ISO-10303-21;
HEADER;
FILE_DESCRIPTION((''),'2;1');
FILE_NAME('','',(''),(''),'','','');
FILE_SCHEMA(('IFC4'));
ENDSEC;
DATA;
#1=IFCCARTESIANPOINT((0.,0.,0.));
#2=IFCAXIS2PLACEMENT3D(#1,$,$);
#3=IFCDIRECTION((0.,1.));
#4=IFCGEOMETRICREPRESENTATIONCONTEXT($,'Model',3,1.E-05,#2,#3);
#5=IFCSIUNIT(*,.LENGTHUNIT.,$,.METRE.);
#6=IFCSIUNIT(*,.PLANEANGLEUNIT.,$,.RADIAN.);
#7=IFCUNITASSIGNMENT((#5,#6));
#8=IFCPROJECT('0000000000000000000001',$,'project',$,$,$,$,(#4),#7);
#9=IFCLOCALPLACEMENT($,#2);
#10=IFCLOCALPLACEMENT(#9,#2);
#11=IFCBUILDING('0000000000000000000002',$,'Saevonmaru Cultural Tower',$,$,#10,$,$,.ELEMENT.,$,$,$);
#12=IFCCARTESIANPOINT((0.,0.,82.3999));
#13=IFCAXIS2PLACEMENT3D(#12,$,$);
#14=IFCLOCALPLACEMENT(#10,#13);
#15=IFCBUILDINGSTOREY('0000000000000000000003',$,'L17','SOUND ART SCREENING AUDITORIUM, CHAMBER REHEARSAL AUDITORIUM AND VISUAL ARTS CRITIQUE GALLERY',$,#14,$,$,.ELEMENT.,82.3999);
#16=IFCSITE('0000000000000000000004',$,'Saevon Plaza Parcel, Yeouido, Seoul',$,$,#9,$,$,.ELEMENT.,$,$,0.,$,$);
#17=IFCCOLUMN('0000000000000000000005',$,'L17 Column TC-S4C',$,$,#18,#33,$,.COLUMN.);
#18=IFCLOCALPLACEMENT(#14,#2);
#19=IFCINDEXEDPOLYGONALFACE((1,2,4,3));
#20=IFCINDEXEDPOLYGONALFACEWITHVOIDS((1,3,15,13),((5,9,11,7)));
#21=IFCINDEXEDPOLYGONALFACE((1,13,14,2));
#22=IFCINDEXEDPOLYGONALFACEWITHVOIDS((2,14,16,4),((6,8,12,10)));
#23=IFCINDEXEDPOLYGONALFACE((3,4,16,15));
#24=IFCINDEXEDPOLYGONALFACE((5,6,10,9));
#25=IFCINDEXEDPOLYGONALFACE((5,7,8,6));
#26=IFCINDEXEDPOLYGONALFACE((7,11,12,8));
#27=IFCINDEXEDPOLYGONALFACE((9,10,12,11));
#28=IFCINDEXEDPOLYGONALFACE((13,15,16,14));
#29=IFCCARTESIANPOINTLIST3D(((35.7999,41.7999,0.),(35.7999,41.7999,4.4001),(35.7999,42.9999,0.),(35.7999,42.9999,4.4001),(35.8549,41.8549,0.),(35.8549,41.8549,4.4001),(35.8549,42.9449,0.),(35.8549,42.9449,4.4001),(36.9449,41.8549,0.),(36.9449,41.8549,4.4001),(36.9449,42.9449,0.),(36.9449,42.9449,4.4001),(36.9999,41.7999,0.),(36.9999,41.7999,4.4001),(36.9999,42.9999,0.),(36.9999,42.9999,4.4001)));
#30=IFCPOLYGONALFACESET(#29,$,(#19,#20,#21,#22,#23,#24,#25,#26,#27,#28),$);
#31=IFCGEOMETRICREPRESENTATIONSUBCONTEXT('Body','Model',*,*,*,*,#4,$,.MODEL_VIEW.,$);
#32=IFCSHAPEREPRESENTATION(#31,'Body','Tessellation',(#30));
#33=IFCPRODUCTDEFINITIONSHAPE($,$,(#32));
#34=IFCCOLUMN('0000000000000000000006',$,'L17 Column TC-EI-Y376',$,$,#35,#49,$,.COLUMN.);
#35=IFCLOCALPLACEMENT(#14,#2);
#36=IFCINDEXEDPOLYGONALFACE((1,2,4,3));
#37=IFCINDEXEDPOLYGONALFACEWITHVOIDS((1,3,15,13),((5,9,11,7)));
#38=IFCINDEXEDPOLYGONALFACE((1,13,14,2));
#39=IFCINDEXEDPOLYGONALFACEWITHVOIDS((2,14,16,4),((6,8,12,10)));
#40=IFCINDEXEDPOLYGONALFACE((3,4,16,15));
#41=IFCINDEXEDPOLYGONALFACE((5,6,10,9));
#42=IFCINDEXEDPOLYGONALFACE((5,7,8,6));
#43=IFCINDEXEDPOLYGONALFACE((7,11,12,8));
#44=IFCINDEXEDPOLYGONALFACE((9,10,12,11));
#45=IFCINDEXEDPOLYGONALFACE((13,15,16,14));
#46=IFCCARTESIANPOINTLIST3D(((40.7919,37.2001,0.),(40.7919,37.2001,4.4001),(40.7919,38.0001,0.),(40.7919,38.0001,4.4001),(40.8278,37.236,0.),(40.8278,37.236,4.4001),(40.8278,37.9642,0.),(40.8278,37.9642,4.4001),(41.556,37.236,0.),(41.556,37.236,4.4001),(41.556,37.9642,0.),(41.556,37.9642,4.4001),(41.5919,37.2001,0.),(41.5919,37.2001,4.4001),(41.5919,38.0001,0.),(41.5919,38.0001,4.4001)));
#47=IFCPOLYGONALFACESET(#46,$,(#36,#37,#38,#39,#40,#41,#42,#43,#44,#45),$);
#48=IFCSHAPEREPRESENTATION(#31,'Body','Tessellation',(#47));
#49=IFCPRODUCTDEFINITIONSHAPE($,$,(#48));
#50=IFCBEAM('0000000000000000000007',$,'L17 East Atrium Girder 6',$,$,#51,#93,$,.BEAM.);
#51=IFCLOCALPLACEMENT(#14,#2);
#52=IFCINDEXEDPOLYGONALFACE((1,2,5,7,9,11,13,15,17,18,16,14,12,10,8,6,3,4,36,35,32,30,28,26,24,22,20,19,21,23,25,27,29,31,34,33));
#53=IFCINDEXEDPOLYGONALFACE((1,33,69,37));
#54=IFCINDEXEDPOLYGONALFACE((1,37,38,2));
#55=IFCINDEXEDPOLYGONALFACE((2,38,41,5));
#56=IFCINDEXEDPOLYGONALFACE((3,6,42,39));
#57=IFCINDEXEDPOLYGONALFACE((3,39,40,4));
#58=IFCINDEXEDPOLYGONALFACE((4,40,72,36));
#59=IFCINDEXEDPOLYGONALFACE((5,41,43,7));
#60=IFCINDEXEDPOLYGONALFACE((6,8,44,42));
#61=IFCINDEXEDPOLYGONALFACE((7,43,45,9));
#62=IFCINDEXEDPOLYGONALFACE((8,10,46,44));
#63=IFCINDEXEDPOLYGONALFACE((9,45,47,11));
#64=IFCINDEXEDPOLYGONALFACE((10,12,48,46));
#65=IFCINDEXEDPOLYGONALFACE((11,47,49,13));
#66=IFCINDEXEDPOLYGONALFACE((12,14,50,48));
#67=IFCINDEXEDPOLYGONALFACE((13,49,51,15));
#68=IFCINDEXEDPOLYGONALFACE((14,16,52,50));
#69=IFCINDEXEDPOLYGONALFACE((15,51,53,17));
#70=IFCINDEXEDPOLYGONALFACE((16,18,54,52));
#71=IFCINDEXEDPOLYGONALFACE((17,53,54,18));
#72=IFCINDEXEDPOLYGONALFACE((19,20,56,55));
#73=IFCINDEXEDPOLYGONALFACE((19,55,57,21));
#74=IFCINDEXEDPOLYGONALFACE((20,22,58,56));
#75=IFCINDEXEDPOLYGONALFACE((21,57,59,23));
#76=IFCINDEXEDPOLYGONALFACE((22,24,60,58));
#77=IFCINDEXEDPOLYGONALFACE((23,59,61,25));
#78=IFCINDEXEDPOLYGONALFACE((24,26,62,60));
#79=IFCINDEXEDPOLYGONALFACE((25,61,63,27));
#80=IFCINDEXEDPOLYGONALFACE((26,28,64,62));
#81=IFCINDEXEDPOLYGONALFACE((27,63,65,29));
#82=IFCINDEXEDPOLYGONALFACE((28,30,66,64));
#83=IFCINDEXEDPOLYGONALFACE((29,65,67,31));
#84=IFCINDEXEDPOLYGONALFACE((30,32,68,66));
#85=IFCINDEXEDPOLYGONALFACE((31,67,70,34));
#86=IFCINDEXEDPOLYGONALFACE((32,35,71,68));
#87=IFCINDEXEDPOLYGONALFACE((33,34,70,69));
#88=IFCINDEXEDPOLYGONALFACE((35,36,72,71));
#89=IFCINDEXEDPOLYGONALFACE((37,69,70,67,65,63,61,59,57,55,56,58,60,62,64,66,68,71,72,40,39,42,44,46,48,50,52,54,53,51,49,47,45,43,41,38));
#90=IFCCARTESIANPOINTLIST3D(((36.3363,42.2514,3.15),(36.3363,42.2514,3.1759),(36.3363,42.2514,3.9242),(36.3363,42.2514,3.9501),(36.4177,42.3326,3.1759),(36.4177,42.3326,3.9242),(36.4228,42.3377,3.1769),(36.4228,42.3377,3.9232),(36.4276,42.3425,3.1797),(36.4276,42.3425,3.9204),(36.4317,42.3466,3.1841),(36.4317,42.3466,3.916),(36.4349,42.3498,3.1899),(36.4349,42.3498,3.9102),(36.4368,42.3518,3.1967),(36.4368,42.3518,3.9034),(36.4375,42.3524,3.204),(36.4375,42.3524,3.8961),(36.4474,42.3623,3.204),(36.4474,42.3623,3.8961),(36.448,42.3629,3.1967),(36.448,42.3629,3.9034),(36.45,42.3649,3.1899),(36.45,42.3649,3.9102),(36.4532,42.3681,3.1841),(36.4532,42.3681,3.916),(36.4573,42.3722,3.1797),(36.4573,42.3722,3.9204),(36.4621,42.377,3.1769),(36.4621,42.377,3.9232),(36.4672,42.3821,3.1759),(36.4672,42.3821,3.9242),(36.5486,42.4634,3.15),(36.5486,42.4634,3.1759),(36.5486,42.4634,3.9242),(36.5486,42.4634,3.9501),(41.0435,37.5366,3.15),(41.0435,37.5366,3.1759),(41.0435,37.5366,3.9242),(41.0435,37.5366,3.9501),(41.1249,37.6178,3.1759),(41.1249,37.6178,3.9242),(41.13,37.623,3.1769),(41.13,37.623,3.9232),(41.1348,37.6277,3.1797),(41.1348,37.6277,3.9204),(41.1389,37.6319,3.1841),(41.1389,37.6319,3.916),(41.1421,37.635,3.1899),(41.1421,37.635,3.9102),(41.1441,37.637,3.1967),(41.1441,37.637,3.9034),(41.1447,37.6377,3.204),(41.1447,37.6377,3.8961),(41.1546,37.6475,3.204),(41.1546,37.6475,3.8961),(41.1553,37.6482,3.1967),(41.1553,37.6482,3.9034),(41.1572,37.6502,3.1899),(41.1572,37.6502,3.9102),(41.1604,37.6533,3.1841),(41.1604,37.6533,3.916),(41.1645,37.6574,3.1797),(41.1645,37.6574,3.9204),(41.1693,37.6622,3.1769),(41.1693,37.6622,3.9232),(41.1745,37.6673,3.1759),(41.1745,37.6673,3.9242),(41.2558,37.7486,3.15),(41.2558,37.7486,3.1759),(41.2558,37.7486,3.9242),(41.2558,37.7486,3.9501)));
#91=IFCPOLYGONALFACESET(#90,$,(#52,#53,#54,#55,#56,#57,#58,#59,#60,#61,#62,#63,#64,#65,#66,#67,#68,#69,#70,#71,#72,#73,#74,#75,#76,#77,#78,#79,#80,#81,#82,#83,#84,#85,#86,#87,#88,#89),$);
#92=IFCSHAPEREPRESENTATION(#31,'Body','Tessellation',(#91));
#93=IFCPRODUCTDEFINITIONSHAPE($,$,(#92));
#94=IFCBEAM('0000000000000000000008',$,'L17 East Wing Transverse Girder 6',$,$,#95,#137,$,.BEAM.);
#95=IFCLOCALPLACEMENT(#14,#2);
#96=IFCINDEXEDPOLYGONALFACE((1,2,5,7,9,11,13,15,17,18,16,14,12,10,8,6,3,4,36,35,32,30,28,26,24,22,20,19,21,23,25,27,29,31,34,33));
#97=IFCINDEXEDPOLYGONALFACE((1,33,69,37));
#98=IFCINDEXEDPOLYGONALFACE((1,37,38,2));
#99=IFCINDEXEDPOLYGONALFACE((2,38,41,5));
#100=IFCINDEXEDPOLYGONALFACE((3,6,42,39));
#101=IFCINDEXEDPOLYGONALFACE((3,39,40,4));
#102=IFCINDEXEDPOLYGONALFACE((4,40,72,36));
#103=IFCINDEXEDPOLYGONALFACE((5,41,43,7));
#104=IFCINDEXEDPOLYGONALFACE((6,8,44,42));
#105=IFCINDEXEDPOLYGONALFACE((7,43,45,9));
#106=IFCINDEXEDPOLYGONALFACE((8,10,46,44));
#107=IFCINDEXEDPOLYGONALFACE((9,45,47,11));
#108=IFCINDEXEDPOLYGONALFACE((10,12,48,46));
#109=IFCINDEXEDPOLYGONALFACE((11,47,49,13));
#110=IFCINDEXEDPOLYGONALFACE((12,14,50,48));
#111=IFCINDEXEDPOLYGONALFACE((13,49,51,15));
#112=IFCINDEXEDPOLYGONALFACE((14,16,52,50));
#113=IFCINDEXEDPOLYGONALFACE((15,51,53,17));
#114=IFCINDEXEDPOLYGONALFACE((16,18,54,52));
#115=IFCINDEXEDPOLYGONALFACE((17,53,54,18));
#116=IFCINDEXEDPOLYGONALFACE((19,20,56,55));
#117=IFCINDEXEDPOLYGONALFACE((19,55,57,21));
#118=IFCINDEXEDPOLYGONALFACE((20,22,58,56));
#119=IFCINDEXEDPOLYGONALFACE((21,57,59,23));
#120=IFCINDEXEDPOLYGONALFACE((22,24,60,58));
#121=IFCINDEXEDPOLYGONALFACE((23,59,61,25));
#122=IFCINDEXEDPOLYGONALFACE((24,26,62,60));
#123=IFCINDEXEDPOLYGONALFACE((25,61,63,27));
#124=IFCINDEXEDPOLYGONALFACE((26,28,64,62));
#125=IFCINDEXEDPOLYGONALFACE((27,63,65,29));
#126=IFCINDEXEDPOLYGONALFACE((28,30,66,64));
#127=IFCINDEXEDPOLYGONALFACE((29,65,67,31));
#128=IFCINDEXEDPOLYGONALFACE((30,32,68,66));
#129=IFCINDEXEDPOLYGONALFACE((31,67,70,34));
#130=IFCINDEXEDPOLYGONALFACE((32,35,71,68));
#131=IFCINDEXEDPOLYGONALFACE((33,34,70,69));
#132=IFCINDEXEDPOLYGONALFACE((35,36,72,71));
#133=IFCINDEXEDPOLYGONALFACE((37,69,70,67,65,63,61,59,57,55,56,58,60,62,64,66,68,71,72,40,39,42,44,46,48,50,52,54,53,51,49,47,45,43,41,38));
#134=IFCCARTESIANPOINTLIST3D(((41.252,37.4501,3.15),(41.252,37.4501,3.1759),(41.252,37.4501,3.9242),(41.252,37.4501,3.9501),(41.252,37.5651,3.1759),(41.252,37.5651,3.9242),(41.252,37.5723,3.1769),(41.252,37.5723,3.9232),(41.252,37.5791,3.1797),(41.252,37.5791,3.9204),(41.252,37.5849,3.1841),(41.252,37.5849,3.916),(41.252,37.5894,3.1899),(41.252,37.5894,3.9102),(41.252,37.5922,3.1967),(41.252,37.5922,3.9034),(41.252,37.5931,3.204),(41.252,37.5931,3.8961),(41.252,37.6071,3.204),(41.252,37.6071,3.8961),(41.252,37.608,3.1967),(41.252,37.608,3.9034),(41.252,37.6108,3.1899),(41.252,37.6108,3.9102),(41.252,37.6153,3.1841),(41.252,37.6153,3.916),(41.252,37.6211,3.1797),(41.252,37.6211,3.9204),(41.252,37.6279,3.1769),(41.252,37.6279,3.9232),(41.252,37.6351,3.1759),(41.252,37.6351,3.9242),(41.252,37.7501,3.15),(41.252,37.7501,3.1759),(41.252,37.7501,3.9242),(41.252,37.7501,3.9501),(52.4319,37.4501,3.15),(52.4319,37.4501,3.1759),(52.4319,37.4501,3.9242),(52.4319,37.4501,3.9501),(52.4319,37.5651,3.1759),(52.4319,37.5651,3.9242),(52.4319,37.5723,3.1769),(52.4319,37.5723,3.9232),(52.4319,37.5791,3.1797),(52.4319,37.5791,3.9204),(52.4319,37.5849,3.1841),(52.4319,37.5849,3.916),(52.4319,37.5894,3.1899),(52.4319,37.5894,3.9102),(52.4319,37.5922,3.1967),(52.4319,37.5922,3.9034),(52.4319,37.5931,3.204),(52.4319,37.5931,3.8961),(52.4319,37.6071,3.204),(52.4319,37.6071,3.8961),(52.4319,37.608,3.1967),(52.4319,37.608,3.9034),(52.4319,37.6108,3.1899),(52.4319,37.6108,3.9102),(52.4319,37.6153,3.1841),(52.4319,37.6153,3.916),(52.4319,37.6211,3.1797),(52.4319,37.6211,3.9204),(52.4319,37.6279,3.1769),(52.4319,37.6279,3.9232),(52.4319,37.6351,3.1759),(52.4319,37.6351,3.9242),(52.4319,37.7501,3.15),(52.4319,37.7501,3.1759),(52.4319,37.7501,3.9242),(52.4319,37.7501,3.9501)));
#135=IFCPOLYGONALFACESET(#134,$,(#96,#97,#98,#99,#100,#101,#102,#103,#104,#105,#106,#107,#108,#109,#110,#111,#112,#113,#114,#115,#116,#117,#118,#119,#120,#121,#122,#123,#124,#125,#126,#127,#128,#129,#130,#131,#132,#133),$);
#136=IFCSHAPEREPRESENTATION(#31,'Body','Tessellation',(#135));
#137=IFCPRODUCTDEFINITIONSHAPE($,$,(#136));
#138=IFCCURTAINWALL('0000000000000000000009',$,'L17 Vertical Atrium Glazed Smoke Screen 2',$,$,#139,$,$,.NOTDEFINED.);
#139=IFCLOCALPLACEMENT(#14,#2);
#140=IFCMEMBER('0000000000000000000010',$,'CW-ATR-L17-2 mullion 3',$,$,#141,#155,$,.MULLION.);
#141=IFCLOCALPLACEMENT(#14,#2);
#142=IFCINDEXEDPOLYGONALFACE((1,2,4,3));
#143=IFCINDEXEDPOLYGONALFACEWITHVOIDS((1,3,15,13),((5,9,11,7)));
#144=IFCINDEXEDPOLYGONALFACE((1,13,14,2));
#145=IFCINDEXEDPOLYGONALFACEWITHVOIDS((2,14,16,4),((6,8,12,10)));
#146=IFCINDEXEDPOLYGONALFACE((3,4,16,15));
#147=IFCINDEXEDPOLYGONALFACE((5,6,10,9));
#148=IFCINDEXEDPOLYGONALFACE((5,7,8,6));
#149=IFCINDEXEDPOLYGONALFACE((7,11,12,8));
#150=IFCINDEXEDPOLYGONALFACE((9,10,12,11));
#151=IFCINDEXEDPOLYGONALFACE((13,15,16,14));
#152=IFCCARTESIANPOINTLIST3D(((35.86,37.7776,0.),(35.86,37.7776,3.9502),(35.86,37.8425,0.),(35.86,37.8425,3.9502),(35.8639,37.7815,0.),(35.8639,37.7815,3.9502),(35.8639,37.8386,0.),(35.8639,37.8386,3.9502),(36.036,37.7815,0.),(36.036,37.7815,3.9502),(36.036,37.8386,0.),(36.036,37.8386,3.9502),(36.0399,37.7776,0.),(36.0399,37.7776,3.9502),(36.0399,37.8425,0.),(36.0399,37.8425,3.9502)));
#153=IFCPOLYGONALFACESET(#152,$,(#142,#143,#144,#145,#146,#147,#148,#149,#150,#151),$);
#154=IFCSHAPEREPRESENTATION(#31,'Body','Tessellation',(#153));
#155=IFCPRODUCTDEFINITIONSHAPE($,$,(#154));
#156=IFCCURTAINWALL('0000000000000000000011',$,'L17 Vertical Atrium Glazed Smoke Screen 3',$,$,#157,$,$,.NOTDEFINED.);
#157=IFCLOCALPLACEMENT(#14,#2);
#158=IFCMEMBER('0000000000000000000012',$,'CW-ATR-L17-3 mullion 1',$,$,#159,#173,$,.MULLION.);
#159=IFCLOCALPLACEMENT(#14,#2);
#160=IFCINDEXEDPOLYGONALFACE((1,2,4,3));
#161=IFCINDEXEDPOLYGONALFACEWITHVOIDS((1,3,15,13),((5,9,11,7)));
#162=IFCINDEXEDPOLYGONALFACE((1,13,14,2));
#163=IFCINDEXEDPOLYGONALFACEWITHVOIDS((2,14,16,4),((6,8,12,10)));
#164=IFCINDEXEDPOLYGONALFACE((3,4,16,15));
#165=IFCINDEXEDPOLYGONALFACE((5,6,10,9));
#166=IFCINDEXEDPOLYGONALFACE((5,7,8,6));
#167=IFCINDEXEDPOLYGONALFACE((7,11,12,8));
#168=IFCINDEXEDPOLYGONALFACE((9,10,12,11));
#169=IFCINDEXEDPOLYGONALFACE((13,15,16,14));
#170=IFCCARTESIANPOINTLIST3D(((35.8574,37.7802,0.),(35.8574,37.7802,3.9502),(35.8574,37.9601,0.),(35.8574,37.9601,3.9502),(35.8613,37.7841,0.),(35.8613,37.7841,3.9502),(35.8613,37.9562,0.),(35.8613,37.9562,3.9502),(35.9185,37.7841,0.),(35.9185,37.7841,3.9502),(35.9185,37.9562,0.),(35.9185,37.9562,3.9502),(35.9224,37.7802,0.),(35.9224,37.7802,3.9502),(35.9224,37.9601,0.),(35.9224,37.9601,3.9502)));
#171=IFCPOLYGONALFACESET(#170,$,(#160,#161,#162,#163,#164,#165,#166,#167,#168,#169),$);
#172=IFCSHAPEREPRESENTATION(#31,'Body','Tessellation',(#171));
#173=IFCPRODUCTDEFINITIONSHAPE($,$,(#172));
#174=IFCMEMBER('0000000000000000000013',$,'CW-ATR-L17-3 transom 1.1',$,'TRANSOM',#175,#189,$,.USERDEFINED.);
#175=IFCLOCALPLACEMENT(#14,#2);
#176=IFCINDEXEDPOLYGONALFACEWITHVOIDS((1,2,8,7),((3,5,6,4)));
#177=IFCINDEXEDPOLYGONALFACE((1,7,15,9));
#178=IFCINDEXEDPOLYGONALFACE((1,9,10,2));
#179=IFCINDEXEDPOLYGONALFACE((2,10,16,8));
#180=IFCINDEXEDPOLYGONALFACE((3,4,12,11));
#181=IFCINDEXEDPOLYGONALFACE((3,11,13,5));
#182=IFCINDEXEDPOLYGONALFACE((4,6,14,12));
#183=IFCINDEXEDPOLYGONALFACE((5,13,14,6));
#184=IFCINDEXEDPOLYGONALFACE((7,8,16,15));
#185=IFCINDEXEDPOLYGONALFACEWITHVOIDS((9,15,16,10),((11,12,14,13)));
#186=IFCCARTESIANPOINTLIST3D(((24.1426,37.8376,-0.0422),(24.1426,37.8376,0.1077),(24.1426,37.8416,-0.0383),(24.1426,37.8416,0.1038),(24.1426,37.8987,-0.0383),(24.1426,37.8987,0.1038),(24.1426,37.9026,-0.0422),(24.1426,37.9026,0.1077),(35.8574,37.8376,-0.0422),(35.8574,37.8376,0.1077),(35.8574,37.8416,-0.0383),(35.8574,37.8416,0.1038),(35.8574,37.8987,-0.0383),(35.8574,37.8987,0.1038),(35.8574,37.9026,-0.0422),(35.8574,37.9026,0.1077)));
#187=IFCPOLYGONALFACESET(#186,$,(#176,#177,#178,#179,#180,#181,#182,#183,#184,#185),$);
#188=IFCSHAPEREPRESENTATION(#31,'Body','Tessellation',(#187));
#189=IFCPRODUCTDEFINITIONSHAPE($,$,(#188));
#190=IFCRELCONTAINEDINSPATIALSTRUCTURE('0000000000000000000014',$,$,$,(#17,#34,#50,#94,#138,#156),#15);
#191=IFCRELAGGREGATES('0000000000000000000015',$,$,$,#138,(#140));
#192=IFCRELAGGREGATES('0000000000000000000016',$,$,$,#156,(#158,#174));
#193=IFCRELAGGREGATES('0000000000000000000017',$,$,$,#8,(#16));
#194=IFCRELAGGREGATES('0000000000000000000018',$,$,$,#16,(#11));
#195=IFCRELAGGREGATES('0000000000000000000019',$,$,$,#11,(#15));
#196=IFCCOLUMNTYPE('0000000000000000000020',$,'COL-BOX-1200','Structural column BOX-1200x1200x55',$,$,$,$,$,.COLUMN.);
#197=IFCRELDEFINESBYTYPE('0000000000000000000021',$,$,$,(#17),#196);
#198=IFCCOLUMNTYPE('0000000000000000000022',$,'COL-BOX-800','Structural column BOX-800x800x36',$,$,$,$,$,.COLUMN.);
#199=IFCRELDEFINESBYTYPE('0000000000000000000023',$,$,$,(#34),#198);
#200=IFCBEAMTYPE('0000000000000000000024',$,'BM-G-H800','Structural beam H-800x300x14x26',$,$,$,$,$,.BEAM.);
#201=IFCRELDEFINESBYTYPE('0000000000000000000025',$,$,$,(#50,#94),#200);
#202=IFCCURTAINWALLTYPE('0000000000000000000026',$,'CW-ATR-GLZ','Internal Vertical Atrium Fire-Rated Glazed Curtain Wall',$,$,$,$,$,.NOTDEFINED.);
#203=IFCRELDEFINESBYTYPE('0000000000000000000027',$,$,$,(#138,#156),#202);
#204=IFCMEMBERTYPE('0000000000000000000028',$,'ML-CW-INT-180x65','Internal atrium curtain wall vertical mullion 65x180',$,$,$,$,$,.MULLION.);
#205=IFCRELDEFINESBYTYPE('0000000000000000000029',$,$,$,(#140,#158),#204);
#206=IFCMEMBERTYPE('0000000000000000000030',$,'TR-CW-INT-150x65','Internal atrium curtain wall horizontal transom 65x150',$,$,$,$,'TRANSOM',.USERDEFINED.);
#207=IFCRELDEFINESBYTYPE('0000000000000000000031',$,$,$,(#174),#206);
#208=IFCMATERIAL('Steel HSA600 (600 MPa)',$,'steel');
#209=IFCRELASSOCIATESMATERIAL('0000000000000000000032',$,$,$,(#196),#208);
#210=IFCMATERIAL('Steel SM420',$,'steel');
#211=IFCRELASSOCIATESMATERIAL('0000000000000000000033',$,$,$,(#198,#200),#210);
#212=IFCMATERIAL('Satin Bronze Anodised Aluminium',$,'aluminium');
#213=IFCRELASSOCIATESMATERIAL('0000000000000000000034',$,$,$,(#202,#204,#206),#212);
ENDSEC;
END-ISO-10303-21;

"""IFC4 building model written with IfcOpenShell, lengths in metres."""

from ifc_helpers import new_model, si_unit, direction, frame, origin, origin_2d, place, context, subcontext, project, spatial, hollow_rectangle, i_section, extrude, material, material_profile, profile_set, type_object, element, aggregate, save


model = new_model("IFC4")

# Units and contexts
model_context = context("Model", 3, precision=1e-05, world=origin(), true_north=direction((0.0, 1.0)))
body_context = subcontext(model_context, "Body", "Model", "MODEL_VIEW")
ifc_project = project(units=[si_unit("LENGTHUNIT", "METRE"), si_unit("PLANEANGLEUNIT", "RADIAN")], contexts=[model_context])

# Site, building, storey
site_placement = place(None, origin())
site = spatial("IfcSite", under=ifc_project, at=site_placement, Name="Saevon Plaza Parcel, Yeouido, Seoul", CompositionType="ELEMENT", RefElevation=0.0)
building_placement = place(site_placement, origin())
building = spatial("IfcBuilding", under=site, at=building_placement, Name="Saevonmaru Cultural Tower", CompositionType="ELEMENT")
storey_placement = place(building_placement, frame((0.0, 0.0, 82.3999)))
storey = spatial("IfcBuildingStorey", under=building, at=storey_placement, Name="L17", Description="SOUND ART SCREENING AUDITORIUM, CHAMBER REHEARSAL AUDITORIUM AND VISUAL ARTS CRITIQUE GALLERY", CompositionType="ELEMENT", Elevation=82.3999)

# Columns
ifc_material_1 = material(Name="Steel HSA600 (600 MPa)", Category="steel")
ifc_material_profile_1 = material_profile(ifc_material_1, hollow_rectangle(XDim=1.2, YDim=1.2, WallThickness=0.0549, at=origin_2d()), Name="BOX-1200x1200x55")
ifc_profile_set_1 = profile_set([ifc_material_profile_1], Name="Steel HSA600 (600 MPa)")
column_type_1 = type_object("IfcColumnType", Name="COL-BOX-1200", Description="Structural column BOX-1200x1200x55", PredefinedType="COLUMN", material=ifc_profile_set_1)
column_1_placement = place(storey_placement, frame((36.3999, 42.3999, 0.0), z_axis=(0.0, 0.0, 1.0), x_axis=(1.0, 0.0, 0.0)))
element("IfcColumn", 1, at=column_1_placement, inside=storey, type_object=column_type_1, Name="L17 Column TC-S4C", PredefinedType="COLUMN", context=body_context, shape_type="SweptSolid", body=[
    extrude(hollow_rectangle(XDim=1.2, YDim=1.2, WallThickness=0.0549, at=origin_2d()), origin(), (0.0, 0.0, 1.0), 4.4001),
])
ifc_material_2 = material(Name="Steel SM420", Category="steel")
ifc_material_profile_2 = material_profile(ifc_material_2, hollow_rectangle(XDim=0.8, YDim=0.8, WallThickness=0.0359, at=origin_2d()), Name="BOX-800x800x36")
ifc_profile_set_2 = profile_set([ifc_material_profile_2], Name="Steel SM420")
column_type_2 = type_object("IfcColumnType", Name="COL-BOX-800", Description="Structural column BOX-800x800x36", PredefinedType="COLUMN", material=ifc_profile_set_2)
column_2_placement = place(storey_placement, frame((41.1919, 37.6001, 0.0), z_axis=(0.0, 0.0, 1.0), x_axis=(1.0, 0.0, 0.0)))
element("IfcColumn", 2, at=column_2_placement, inside=storey, type_object=column_type_2, Name="L17 Column TC-EI-Y376", PredefinedType="COLUMN", context=body_context, shape_type="SweptSolid", body=[
    extrude(hollow_rectangle(XDim=0.8, YDim=0.8, WallThickness=0.0359, at=origin_2d()), origin(), (0.0, 0.0, 1.0), 4.4001),
])

# Beams
ifc_material_profile_3 = material_profile(ifc_material_2, i_section(OverallWidth=0.3, OverallDepth=0.8, WebThickness=0.0139, FlangeThickness=0.0259, FilletRadius=0.0281, at=origin_2d()), Name="H-800x300x14x26")
ifc_profile_set_3 = profile_set([ifc_material_profile_3], Name="Steel SM420")
beam_type = type_object("IfcBeamType", Name="BM-G-H800", Description="Structural beam H-800x300x14x26", PredefinedType="BEAM", material=ifc_profile_set_3)
beam_1_placement = place(storey_placement, frame((41.1497, 37.6426, 3.55), z_axis=(-0.706539, 0.707675, 0.0), x_axis=(-0.707675, -0.706539, 0.0)))
element("IfcBeam", 3, at=beam_1_placement, inside=storey, type_object=beam_type, Name="L17 East Atrium Girder 6", PredefinedType="BEAM", context=body_context, shape_type="SweptSolid", body=[
    extrude(i_section(OverallWidth=0.3, OverallDepth=0.8, WebThickness=0.0139, FlangeThickness=0.0259, FilletRadius=0.0281, at=origin_2d()), origin(), (0.0, 0.0, 1.0), 6.6624),
])
beam_2_placement = place(storey_placement, frame((41.252, 37.6001, 3.55), z_axis=(1.0, 0.0, 0.0), x_axis=(0.0, 1.0, 0.0)))
element("IfcBeam", 4, at=beam_2_placement, inside=storey, type_object=beam_type, Name="L17 East Wing Transverse Girder 6", PredefinedType="BEAM", context=body_context, shape_type="SweptSolid", body=[
    extrude(i_section(OverallWidth=0.3, OverallDepth=0.8, WebThickness=0.0139, FlangeThickness=0.0259, FilletRadius=0.0281, at=origin_2d()), origin(), (0.0, 0.0, 1.0), 11.1799),
])

# Curtain wall, member
ifc_material_3 = material(Name="Satin Bronze Anodised Aluminium", Category="aluminium")
curtain_wall_type = type_object("IfcCurtainWallType", Name="CW-ATR-GLZ", Description="Internal Vertical Atrium Fire-Rated Glazed Curtain Wall", PredefinedType="NOTDEFINED", material=ifc_material_3)
curtain_wall_1_placement = place(storey_placement, origin())
curtain_wall_1 = element("IfcCurtainWall", 5, at=curtain_wall_1_placement, inside=storey, type_object=curtain_wall_type, Name="L17 Vertical Atrium Glazed Smoke Screen 2", PredefinedType="NOTDEFINED")
ifc_material_profile_4 = material_profile(ifc_material_3, hollow_rectangle(XDim=0.0649, YDim=0.1799, WallThickness=0.0039, at=origin_2d()), Name="ALU-MULL-180x65x4")
ifc_profile_set_4 = profile_set([ifc_material_profile_4], Name="Satin Bronze Anodised Aluminium")
member_type_1 = type_object("IfcMemberType", Name="ML-CW-INT-180x65", Description="Internal atrium curtain wall vertical mullion 65x180", PredefinedType="MULLION", material=ifc_profile_set_4)
member_1_placement = place(storey_placement, frame((35.95, 37.8101, 0.0), z_axis=(0.0, 0.0, 1.0), x_axis=(0.0, 1.0, 0.0)))
member_1 = element("IfcMember", 6, at=member_1_placement, type_object=member_type_1, Name="CW-ATR-L17-2 mullion 3", PredefinedType="MULLION", context=body_context, shape_type="SweptSolid", body=[
    extrude(hollow_rectangle(XDim=0.0649, YDim=0.1799, WallThickness=0.0039, at=origin_2d()), origin(), (0.0, 0.0, 1.0), 3.9502),
])
aggregate(curtain_wall_1, [member_1])

# Curtain wall, members
curtain_wall_2_placement = place(storey_placement, origin())
curtain_wall_2 = element("IfcCurtainWall", 7, at=curtain_wall_2_placement, inside=storey, type_object=curtain_wall_type, Name="L17 Vertical Atrium Glazed Smoke Screen 3", PredefinedType="NOTDEFINED")
member_2_placement = place(storey_placement, frame((35.8899, 37.8701, 0.0), z_axis=(0.0, 0.0, 1.0), x_axis=(-1.0, 0.0, 0.0)))
member_2 = element("IfcMember", 8, at=member_2_placement, type_object=member_type_1, Name="CW-ATR-L17-3 mullion 1", PredefinedType="MULLION", context=body_context, shape_type="SweptSolid", body=[
    extrude(hollow_rectangle(XDim=0.0649, YDim=0.1799, WallThickness=0.0039, at=origin_2d()), origin(), (0.0, 0.0, 1.0), 3.9502),
])
ifc_material_profile_5 = material_profile(ifc_material_3, hollow_rectangle(XDim=0.0649, YDim=0.1499, WallThickness=0.0039, at=origin_2d()), Name="ALU-TRAN-150x65x4")
ifc_profile_set_5 = profile_set([ifc_material_profile_5], Name="Satin Bronze Anodised Aluminium")
member_type_2 = type_object("IfcMemberType", Name="TR-CW-INT-150x65", Description="Internal atrium curtain wall horizontal transom 65x150", ElementType="TRANSOM", PredefinedType="USERDEFINED", material=ifc_profile_set_5)
member_3_placement = place(storey_placement, frame((35.8574, 37.8701, 0.0327), z_axis=(-1.0, 0.0, 0.0), x_axis=(0.0, -1.0, 0.0)))
member_3 = element("IfcMember", 9, at=member_3_placement, type_object=member_type_2, Name="CW-ATR-L17-3 transom 1.1", ObjectType="TRANSOM", PredefinedType="USERDEFINED", context=body_context, shape_type="SweptSolid", body=[
    extrude(hollow_rectangle(XDim=0.0649, YDim=0.1499, WallThickness=0.0039, at=origin_2d()), origin(), (0.0, 0.0, 1.0), 11.7148),
])
aggregate(curtain_wall_2, [member_2, member_3])

save(model, "model.ifc")
